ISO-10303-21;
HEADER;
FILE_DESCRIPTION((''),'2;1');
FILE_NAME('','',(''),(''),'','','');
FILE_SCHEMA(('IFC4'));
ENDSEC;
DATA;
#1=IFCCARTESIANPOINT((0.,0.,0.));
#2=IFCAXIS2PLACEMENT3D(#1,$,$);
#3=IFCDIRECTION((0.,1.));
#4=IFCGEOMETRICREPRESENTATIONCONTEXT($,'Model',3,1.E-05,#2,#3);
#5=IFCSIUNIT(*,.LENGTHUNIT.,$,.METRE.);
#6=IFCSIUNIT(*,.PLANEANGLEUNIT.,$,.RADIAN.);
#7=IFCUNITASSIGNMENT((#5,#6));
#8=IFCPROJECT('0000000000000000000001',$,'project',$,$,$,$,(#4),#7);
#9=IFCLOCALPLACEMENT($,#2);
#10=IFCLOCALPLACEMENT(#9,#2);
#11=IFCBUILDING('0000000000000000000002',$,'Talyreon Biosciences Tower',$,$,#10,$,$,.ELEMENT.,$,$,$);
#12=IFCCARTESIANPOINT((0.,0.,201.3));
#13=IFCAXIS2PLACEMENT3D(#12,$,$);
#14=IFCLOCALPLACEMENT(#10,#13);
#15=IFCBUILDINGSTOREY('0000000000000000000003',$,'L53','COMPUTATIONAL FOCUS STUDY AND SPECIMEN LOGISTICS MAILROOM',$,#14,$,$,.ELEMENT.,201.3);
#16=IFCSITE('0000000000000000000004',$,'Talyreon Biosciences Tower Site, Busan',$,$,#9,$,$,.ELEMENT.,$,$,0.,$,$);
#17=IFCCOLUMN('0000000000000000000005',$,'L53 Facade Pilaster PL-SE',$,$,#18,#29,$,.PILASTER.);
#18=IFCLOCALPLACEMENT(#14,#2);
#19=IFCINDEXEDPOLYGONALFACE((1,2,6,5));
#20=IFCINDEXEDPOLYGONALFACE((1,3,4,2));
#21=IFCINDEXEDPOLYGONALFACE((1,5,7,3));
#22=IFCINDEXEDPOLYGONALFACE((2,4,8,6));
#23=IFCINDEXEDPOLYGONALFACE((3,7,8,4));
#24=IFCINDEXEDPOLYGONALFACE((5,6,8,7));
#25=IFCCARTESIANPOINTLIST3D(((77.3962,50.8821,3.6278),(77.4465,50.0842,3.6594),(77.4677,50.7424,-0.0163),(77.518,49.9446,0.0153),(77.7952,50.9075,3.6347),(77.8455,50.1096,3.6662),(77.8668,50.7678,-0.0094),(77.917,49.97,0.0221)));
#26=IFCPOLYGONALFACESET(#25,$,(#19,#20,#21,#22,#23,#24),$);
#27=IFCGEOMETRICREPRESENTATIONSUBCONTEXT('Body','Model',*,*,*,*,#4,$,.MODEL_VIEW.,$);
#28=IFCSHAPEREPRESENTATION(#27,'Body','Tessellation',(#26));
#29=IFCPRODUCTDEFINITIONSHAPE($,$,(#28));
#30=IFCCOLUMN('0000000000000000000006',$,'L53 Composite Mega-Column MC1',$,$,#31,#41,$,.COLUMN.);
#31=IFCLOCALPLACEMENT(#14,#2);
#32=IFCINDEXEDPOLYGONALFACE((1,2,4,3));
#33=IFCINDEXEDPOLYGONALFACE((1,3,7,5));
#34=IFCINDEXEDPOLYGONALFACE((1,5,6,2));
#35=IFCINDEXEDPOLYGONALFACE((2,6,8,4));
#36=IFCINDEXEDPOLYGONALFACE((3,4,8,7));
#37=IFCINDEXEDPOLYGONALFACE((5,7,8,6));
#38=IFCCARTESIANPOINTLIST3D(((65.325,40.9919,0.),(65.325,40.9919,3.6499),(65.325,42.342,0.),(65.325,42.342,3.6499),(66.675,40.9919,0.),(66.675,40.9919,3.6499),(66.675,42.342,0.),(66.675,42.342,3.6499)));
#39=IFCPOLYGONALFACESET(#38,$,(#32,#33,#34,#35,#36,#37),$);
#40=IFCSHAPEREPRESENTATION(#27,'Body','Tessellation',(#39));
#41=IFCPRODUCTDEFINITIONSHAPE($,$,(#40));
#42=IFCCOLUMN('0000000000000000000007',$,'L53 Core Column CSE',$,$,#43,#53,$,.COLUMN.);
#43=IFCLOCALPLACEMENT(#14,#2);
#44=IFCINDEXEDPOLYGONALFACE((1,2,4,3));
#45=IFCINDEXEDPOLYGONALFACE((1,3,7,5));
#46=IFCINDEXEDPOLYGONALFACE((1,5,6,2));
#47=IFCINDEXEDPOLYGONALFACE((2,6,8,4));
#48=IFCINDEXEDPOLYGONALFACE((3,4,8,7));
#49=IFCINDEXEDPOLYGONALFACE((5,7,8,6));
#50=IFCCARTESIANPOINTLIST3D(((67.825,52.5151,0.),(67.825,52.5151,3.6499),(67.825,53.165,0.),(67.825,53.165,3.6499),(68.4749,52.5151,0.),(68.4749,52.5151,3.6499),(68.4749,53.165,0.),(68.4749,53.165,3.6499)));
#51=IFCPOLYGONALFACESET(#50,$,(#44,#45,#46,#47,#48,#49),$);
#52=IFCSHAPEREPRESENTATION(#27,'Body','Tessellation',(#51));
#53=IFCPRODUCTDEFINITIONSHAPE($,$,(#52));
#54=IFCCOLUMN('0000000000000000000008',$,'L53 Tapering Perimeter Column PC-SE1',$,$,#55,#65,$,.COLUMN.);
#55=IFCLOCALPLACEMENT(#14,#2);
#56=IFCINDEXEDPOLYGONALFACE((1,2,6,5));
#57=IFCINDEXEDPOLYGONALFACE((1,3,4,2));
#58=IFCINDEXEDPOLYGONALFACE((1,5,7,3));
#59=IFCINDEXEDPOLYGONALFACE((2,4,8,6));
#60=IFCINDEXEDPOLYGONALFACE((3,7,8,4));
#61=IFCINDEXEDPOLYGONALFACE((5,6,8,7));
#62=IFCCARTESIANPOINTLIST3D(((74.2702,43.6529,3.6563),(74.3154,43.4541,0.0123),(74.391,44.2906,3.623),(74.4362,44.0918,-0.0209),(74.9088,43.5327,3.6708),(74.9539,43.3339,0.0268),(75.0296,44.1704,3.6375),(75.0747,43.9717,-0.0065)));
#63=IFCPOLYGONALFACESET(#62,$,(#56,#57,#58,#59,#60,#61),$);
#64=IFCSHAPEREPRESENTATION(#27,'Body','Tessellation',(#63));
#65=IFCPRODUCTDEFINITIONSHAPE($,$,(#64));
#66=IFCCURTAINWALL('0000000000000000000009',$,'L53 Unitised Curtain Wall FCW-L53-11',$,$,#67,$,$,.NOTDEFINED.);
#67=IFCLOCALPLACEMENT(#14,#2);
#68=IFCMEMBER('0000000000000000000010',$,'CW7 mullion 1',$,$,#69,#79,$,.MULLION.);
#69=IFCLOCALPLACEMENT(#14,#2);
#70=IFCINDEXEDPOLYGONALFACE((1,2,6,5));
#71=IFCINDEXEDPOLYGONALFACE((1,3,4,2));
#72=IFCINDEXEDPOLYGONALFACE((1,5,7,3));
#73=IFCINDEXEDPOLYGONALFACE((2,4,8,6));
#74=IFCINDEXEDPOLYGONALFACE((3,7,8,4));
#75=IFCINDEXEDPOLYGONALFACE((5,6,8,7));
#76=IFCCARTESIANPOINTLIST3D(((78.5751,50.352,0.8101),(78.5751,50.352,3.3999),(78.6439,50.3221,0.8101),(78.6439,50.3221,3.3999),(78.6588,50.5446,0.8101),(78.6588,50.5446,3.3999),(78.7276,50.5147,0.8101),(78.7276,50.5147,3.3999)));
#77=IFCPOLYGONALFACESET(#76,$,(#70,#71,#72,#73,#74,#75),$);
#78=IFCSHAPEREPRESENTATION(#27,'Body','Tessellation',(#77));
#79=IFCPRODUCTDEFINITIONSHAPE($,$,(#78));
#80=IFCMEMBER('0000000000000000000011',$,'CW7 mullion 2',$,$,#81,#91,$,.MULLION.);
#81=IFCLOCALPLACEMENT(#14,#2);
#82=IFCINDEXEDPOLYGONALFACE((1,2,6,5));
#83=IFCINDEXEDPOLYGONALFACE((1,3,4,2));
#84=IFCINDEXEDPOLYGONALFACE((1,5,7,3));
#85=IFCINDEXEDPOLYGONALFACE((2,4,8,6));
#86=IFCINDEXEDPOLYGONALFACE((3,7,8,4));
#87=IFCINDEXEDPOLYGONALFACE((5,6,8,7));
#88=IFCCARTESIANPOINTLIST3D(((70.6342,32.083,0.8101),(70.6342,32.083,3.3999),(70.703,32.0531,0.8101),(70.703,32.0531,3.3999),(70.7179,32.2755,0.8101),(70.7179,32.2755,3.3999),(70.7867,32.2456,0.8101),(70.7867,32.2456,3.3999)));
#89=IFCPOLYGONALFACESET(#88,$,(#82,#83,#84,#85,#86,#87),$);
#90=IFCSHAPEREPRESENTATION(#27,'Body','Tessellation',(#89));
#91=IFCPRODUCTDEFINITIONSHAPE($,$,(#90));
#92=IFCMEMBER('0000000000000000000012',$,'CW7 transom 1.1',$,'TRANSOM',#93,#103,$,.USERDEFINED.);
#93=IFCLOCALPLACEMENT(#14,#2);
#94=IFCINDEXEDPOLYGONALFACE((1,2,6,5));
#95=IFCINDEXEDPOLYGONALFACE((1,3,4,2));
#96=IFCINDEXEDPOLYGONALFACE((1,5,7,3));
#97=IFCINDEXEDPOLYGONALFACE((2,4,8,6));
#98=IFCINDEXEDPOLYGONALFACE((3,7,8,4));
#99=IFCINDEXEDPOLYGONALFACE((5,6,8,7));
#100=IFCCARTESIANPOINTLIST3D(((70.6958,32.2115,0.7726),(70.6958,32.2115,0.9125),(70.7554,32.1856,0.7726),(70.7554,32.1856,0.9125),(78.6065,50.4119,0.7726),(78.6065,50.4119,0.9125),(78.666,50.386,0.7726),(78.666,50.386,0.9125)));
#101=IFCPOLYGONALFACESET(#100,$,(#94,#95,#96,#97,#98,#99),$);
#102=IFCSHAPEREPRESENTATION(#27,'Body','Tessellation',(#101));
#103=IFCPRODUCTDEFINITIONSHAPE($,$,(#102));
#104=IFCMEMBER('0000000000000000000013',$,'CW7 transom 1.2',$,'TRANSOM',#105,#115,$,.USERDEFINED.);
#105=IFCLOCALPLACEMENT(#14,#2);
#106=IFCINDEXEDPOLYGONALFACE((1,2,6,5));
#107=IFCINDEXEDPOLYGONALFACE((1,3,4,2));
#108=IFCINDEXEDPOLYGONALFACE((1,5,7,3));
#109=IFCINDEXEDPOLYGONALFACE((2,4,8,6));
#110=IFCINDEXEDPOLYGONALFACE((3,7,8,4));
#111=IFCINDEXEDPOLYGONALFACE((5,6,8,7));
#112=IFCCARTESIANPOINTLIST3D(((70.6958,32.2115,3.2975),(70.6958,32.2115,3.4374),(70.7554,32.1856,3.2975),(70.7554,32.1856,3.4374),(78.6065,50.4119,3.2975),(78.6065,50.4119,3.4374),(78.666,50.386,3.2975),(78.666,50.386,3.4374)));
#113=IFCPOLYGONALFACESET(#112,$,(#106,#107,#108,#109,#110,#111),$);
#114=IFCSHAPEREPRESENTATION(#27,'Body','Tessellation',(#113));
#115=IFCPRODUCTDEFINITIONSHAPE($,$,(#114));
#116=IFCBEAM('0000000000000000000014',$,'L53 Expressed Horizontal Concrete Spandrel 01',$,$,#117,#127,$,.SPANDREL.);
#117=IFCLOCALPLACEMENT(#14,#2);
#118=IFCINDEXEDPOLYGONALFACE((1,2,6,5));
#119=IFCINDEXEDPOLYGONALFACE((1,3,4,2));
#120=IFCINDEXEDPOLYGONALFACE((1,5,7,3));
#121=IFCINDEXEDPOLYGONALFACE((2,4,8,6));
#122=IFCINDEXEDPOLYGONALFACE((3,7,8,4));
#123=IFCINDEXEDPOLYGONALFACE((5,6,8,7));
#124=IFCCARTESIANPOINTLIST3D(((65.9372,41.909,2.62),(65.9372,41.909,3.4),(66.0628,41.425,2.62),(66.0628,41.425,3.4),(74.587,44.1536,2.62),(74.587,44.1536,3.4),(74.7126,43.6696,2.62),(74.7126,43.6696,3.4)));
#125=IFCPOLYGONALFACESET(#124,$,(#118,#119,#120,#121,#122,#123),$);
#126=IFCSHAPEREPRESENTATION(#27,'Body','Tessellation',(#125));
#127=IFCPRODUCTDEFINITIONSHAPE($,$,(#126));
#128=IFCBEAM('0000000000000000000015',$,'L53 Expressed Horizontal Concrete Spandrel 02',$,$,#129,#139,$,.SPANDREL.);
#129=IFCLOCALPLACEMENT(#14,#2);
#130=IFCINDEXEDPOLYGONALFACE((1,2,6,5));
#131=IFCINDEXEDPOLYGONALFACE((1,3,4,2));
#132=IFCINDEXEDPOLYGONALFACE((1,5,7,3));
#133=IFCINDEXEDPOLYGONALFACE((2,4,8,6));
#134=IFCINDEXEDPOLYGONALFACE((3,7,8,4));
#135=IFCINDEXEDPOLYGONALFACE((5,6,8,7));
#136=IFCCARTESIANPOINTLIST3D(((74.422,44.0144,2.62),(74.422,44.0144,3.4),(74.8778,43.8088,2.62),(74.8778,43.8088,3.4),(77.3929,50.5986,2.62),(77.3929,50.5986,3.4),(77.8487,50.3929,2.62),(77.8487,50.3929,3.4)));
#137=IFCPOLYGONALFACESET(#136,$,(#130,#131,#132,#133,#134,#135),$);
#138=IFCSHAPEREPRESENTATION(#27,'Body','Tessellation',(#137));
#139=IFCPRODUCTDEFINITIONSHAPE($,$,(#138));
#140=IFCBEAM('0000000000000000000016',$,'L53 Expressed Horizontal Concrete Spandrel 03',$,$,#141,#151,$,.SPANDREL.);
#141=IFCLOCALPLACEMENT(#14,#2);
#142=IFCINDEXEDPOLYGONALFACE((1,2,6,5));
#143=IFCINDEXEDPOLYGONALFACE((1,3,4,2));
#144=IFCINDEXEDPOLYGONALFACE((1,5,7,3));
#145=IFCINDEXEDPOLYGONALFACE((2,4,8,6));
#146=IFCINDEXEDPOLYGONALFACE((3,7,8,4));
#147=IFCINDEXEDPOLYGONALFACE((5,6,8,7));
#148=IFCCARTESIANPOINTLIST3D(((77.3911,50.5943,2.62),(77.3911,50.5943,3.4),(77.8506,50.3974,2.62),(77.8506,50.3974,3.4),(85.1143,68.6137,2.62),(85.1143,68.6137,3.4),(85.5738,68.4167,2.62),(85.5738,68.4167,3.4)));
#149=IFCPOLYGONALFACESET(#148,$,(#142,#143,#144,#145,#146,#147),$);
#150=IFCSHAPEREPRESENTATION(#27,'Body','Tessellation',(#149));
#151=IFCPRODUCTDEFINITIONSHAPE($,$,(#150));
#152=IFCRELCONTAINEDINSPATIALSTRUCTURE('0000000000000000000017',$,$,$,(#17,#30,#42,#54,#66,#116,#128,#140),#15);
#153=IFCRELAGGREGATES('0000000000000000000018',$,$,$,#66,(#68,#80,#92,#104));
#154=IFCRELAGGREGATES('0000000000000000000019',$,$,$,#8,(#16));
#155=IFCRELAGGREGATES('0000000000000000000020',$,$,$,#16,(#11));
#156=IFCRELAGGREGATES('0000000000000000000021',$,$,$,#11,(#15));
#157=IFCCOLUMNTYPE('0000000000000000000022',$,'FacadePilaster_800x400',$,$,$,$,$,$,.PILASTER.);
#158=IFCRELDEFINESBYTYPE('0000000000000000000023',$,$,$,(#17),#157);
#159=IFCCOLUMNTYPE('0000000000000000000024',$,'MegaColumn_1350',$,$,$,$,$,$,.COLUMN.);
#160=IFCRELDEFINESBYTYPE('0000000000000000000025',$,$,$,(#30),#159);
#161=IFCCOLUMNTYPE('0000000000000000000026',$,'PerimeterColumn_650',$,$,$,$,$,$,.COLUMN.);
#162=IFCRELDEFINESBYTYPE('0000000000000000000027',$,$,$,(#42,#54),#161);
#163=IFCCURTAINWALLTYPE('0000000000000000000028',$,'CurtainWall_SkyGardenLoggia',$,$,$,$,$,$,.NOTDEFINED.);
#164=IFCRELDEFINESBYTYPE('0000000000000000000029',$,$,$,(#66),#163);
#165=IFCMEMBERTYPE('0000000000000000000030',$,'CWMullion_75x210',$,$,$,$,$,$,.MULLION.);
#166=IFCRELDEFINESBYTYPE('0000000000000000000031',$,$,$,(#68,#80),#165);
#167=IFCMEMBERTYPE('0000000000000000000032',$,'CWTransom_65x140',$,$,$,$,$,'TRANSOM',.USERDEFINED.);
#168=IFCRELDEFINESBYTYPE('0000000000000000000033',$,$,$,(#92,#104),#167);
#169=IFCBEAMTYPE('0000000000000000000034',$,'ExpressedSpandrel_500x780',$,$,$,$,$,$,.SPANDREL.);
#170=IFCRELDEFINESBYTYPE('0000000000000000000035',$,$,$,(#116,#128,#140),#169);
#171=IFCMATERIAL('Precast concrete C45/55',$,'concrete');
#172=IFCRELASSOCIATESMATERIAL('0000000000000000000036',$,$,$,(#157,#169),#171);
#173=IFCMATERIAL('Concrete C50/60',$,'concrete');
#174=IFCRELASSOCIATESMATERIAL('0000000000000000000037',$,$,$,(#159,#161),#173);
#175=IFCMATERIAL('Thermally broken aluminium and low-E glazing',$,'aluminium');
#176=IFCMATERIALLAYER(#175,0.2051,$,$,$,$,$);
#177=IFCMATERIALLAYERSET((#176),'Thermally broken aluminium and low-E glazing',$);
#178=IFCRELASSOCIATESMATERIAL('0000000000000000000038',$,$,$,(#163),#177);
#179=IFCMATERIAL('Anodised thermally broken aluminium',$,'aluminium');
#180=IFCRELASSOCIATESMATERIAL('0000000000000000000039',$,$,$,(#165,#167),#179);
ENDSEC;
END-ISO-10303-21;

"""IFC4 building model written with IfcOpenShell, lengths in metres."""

from ifc_helpers import new_model, si_unit, direction, frame, origin, origin_2d, place, context, subcontext, project, spatial, rectangle, extrude, material, layer, layer_set, material_profile, profile_set, type_object, element, aggregate, save


model = new_model("IFC4")

# Units and contexts
model_context = context("Model", 3, precision=1e-05, world=origin(), true_north=direction((0.0, 1.0)))
body_context = subcontext(model_context, "Body", "Model", "MODEL_VIEW")
ifc_project = project(units=[si_unit("LENGTHUNIT", "METRE"), si_unit("PLANEANGLEUNIT", "RADIAN")], contexts=[model_context])

# Site, building, storey
site_placement = place(None, origin())
site = spatial("IfcSite", under=ifc_project, at=site_placement, Name="Talyreon Biosciences Tower Site, Busan", CompositionType="ELEMENT", RefElevation=0.0)
building_placement = place(site_placement, origin())
building = spatial("IfcBuilding", under=site, at=building_placement, Name="Talyreon Biosciences Tower", CompositionType="ELEMENT")
storey_placement = place(building_placement, frame((0.0, 0.0, 201.3)))
storey = spatial("IfcBuildingStorey", under=building, at=storey_placement, Name="L53", Description="COMPUTATIONAL FOCUS STUDY AND SPECIMEN LOGISTICS MAILROOM", CompositionType="ELEMENT", Elevation=201.3)

# Columns
ifc_material_1 = material(Name="Precast concrete C45/55", Category="concrete")
ifc_material_profile_1 = material_profile(ifc_material_1, rectangle(XDim=0.8, YDim=0.3999, at=origin_2d()), Name="RC 800x400")
ifc_profile_set_1 = profile_set([ifc_material_profile_1], Name="Precast concrete C45/55")
column_type_1 = type_object("IfcColumnType", Name="FacadePilaster_800x400", PredefinedType="PILASTER", material=ifc_profile_set_1)
column_1_placement = place(storey_placement, frame((77.6924, 50.3562, 0.0029), z_axis=(-0.019612, 0.038287, 0.999074), x_axis=(0.062861, -0.997242, 0.039451)))
element("IfcColumn", 1, at=column_1_placement, inside=storey, type_object=column_type_1, Name="L53 Facade Pilaster PL-SE", PredefinedType="PILASTER", context=body_context, shape_type="SweptSolid", body=[
    extrude(rectangle(XDim=0.8, YDim=0.3999, at=origin_2d()), origin(), (0.0, 0.0, 1.0), 3.6475),
])
ifc_material_2 = material(Name="Concrete C50/60", Category="concrete")
ifc_material_profile_2 = material_profile(ifc_material_2, rectangle(XDim=1.3501, YDim=1.3501, at=origin_2d()), Name="RC 1350x1350")
ifc_profile_set_2 = profile_set([ifc_material_profile_2], Name="Concrete C50/60")
column_type_2 = type_object("IfcColumnType", Name="MegaColumn_1350", PredefinedType="COLUMN", material=ifc_profile_set_2)
column_2_placement = place(storey_placement, frame((66.0, 41.667, 0.0), z_axis=(0.0, 0.0, 1.0), x_axis=(1.0, 0.0, 0.0)))
element("IfcColumn", 2, at=column_2_placement, inside=storey, type_object=column_type_2, Name="L53 Composite Mega-Column MC1", PredefinedType="COLUMN", context=body_context, shape_type="SweptSolid", body=[
    extrude(rectangle(XDim=1.3501, YDim=1.3501, at=origin_2d()), origin(), (0.0, 0.0, 1.0), 3.6499),
])
ifc_material_profile_3 = material_profile(ifc_material_2, rectangle(XDim=0.6499, YDim=0.6499, at=origin_2d()), Name="RC 650x650")
ifc_profile_set_3 = profile_set([ifc_material_profile_3], Name="Concrete C50/60")
column_type_3 = type_object("IfcColumnType", Name="PerimeterColumn_650", PredefinedType="COLUMN", material=ifc_profile_set_3)
column_3_placement = place(storey_placement, frame((68.1499, 52.8401, 0.0), z_axis=(0.0, 0.0, 1.0), x_axis=(1.0, 0.0, 0.0)))
element("IfcColumn", 3, at=column_3_placement, inside=storey, type_object=column_type_3, Name="L53 Core Column CSE", PredefinedType="COLUMN", context=body_context, shape_type="SweptSolid", body=[
    extrude(rectangle(XDim=0.6499, YDim=0.6499, at=origin_2d()), origin(), (0.0, 0.0, 1.0), 3.6499),
])
column_4_placement = place(storey_placement, frame((74.6951, 43.7129, 0.0029), z_axis=(-0.012375, 0.054451, 0.99844), x_axis=(-0.185859, -0.981241, 0.051209)))
element("IfcColumn", 4, at=column_4_placement, inside=storey, type_object=column_type_3, Name="L53 Tapering Perimeter Column PC-SE1", PredefinedType="COLUMN", context=body_context, shape_type="SweptSolid", body=[
    extrude(rectangle(XDim=0.6499, YDim=0.6499, at=origin_2d()), origin(), (0.0, 0.0, 1.0), 3.6497),
])

# Curtain wall, members
ifc_material_3 = material(Name="Thermally broken aluminium and low-E glazing", Category="aluminium")
ifc_layer_1 = layer(ifc_material_3, 0.2051)
ifc_layer_set_1 = layer_set([ifc_layer_1], Name="Thermally broken aluminium and low-E glazing")
curtain_wall_type = type_object("IfcCurtainWallType", Name="CurtainWall_SkyGardenLoggia", PredefinedType="NOTDEFINED", material=ifc_layer_set_1)
curtain_wall_placement = place(storey_placement, origin())
curtain_wall = element("IfcCurtainWall", 5, at=curtain_wall_placement, inside=storey, type_object=curtain_wall_type, Name="L53 Unitised Curtain Wall FCW-L53-11", PredefinedType="NOTDEFINED")
ifc_material_4 = material(Name="Anodised thermally broken aluminium", Category="aluminium")
ifc_material_profile_4 = material_profile(ifc_material_4, rectangle(XDim=0.075, YDim=0.21, at=origin_2d()), Name="ALUM MULLION 75x210")
ifc_profile_set_4 = profile_set([ifc_material_profile_4], Name="Anodised thermally broken aluminium")
member_type_1 = type_object("IfcMemberType", Name="CWMullion_75x210", PredefinedType="MULLION", material=ifc_profile_set_4)
member_1_placement = place(storey_placement, frame((78.6514, 50.4333, 0.8101), z_axis=(0.0, 0.0, 1.0), x_axis=(0.917114, -0.398625, 0.0)))
member_1 = element("IfcMember", 6, at=member_1_placement, type_object=member_type_1, Name="CW7 mullion 1", PredefinedType="MULLION", context=body_context, shape_type="SweptSolid", body=[
    extrude(rectangle(XDim=0.075, YDim=0.21, at=origin_2d()), origin(), (0.0, 0.0, 1.0), 2.5898),
])
member_2_placement = place(storey_placement, frame((70.7104, 32.1643, 0.8101), z_axis=(0.0, 0.0, 1.0), x_axis=(0.917114, -0.398625, 0.0)))
member_2 = element("IfcMember", 7, at=member_2_placement, type_object=member_type_1, Name="CW7 mullion 2", PredefinedType="MULLION", context=body_context, shape_type="SweptSolid", body=[
    extrude(rectangle(XDim=0.075, YDim=0.21, at=origin_2d()), origin(), (0.0, 0.0, 1.0), 2.5898),
])
ifc_material_profile_5 = material_profile(ifc_material_4, rectangle(XDim=0.0649, YDim=0.1399, at=origin_2d()), Name="ALUM TRANSOM 65x140")
ifc_profile_set_5 = profile_set([ifc_material_profile_5], Name="Anodised thermally broken aluminium")
member_type_2 = type_object("IfcMemberType", Name="CWTransom_65x140", ElementType="TRANSOM", PredefinedType="USERDEFINED", material=ifc_profile_set_5)
member_3_placement = place(storey_placement, frame((78.6362, 50.3989, 0.8425), z_axis=(-0.398616, -0.917118, 0.0), x_axis=(0.917118, -0.398616, 0.0)))
member_3 = element("IfcMember", 8, at=member_3_placement, type_object=member_type_2, Name="CW7 transom 1.1", ObjectType="TRANSOM", PredefinedType="USERDEFINED", context=body_context, shape_type="SweptSolid", body=[
    extrude(rectangle(XDim=0.0649, YDim=0.1399, at=origin_2d()), origin(), (0.0, 0.0, 1.0), 19.8452),
])
member_4_placement = place(storey_placement, frame((78.6362, 50.3989, 3.3674), z_axis=(-0.398616, -0.917118, 0.0), x_axis=(0.917118, -0.398616, 0.0)))
member_4 = element("IfcMember", 9, at=member_4_placement, type_object=member_type_2, Name="CW7 transom 1.2", ObjectType="TRANSOM", PredefinedType="USERDEFINED", context=body_context, shape_type="SweptSolid", body=[
    extrude(rectangle(XDim=0.0649, YDim=0.1399, at=origin_2d()), origin(), (0.0, 0.0, 1.0), 19.8452),
])

# Beams
ifc_material_profile_6 = material_profile(ifc_material_1, rectangle(XDim=0.5, YDim=0.78, at=origin_2d()), Name="RCB 500x780")
ifc_profile_set_6 = profile_set([ifc_material_profile_6], Name="Precast concrete C45/55")
beam_type_1 = type_object("IfcBeamType", Name="ExpressedSpandrel_500x780", PredefinedType="SPANDREL", material=ifc_profile_set_6)
beam_1_placement = place(storey_placement, frame((66.0, 41.667, 3.01), z_axis=(0.967941, 0.251178, 0.0), x_axis=(-0.251178, 0.967941, 0.0)))
element("IfcBeam", 10, at=beam_1_placement, inside=storey, type_object=beam_type_1, Name="L53 Expressed Horizontal Concrete Spandrel 01", PredefinedType="SPANDREL", context=body_context, shape_type="SweptSolid", body=[
    extrude(rectangle(XDim=0.5, YDim=0.78, at=origin_2d()), origin(), (0.0, 0.0, 1.0), 8.9363),
])
beam_2_placement = place(storey_placement, frame((74.6499, 43.9116, 3.01), z_axis=(0.411291, 0.911504, 0.0), x_axis=(-0.911504, 0.411291, 0.0)))
element("IfcBeam", 11, at=beam_2_placement, inside=storey, type_object=beam_type_1, Name="L53 Expressed Horizontal Concrete Spandrel 02", PredefinedType="SPANDREL", context=body_context, shape_type="SweptSolid", body=[
    extrude(rectangle(XDim=0.5, YDim=0.78, at=origin_2d()), origin(), (0.0, 0.0, 1.0), 7.2234),
])
beam_3_placement = place(storey_placement, frame((77.6208, 50.4958, 3.01), z_axis=(0.393945, 0.919134, 0.0), x_axis=(-0.919134, 0.393945, 0.0)))
element("IfcBeam", 12, at=beam_3_placement, inside=storey, type_object=beam_type_1, Name="L53 Expressed Horizontal Concrete Spandrel 03", PredefinedType="SPANDREL", context=body_context, shape_type="SweptSolid", body=[
    extrude(rectangle(XDim=0.5, YDim=0.78, at=origin_2d()), origin(), (0.0, 0.0, 1.0), 19.6047),
])

aggregate(curtain_wall, [member_1, member_2, member_3, member_4])

save(model, "model.ifc")
